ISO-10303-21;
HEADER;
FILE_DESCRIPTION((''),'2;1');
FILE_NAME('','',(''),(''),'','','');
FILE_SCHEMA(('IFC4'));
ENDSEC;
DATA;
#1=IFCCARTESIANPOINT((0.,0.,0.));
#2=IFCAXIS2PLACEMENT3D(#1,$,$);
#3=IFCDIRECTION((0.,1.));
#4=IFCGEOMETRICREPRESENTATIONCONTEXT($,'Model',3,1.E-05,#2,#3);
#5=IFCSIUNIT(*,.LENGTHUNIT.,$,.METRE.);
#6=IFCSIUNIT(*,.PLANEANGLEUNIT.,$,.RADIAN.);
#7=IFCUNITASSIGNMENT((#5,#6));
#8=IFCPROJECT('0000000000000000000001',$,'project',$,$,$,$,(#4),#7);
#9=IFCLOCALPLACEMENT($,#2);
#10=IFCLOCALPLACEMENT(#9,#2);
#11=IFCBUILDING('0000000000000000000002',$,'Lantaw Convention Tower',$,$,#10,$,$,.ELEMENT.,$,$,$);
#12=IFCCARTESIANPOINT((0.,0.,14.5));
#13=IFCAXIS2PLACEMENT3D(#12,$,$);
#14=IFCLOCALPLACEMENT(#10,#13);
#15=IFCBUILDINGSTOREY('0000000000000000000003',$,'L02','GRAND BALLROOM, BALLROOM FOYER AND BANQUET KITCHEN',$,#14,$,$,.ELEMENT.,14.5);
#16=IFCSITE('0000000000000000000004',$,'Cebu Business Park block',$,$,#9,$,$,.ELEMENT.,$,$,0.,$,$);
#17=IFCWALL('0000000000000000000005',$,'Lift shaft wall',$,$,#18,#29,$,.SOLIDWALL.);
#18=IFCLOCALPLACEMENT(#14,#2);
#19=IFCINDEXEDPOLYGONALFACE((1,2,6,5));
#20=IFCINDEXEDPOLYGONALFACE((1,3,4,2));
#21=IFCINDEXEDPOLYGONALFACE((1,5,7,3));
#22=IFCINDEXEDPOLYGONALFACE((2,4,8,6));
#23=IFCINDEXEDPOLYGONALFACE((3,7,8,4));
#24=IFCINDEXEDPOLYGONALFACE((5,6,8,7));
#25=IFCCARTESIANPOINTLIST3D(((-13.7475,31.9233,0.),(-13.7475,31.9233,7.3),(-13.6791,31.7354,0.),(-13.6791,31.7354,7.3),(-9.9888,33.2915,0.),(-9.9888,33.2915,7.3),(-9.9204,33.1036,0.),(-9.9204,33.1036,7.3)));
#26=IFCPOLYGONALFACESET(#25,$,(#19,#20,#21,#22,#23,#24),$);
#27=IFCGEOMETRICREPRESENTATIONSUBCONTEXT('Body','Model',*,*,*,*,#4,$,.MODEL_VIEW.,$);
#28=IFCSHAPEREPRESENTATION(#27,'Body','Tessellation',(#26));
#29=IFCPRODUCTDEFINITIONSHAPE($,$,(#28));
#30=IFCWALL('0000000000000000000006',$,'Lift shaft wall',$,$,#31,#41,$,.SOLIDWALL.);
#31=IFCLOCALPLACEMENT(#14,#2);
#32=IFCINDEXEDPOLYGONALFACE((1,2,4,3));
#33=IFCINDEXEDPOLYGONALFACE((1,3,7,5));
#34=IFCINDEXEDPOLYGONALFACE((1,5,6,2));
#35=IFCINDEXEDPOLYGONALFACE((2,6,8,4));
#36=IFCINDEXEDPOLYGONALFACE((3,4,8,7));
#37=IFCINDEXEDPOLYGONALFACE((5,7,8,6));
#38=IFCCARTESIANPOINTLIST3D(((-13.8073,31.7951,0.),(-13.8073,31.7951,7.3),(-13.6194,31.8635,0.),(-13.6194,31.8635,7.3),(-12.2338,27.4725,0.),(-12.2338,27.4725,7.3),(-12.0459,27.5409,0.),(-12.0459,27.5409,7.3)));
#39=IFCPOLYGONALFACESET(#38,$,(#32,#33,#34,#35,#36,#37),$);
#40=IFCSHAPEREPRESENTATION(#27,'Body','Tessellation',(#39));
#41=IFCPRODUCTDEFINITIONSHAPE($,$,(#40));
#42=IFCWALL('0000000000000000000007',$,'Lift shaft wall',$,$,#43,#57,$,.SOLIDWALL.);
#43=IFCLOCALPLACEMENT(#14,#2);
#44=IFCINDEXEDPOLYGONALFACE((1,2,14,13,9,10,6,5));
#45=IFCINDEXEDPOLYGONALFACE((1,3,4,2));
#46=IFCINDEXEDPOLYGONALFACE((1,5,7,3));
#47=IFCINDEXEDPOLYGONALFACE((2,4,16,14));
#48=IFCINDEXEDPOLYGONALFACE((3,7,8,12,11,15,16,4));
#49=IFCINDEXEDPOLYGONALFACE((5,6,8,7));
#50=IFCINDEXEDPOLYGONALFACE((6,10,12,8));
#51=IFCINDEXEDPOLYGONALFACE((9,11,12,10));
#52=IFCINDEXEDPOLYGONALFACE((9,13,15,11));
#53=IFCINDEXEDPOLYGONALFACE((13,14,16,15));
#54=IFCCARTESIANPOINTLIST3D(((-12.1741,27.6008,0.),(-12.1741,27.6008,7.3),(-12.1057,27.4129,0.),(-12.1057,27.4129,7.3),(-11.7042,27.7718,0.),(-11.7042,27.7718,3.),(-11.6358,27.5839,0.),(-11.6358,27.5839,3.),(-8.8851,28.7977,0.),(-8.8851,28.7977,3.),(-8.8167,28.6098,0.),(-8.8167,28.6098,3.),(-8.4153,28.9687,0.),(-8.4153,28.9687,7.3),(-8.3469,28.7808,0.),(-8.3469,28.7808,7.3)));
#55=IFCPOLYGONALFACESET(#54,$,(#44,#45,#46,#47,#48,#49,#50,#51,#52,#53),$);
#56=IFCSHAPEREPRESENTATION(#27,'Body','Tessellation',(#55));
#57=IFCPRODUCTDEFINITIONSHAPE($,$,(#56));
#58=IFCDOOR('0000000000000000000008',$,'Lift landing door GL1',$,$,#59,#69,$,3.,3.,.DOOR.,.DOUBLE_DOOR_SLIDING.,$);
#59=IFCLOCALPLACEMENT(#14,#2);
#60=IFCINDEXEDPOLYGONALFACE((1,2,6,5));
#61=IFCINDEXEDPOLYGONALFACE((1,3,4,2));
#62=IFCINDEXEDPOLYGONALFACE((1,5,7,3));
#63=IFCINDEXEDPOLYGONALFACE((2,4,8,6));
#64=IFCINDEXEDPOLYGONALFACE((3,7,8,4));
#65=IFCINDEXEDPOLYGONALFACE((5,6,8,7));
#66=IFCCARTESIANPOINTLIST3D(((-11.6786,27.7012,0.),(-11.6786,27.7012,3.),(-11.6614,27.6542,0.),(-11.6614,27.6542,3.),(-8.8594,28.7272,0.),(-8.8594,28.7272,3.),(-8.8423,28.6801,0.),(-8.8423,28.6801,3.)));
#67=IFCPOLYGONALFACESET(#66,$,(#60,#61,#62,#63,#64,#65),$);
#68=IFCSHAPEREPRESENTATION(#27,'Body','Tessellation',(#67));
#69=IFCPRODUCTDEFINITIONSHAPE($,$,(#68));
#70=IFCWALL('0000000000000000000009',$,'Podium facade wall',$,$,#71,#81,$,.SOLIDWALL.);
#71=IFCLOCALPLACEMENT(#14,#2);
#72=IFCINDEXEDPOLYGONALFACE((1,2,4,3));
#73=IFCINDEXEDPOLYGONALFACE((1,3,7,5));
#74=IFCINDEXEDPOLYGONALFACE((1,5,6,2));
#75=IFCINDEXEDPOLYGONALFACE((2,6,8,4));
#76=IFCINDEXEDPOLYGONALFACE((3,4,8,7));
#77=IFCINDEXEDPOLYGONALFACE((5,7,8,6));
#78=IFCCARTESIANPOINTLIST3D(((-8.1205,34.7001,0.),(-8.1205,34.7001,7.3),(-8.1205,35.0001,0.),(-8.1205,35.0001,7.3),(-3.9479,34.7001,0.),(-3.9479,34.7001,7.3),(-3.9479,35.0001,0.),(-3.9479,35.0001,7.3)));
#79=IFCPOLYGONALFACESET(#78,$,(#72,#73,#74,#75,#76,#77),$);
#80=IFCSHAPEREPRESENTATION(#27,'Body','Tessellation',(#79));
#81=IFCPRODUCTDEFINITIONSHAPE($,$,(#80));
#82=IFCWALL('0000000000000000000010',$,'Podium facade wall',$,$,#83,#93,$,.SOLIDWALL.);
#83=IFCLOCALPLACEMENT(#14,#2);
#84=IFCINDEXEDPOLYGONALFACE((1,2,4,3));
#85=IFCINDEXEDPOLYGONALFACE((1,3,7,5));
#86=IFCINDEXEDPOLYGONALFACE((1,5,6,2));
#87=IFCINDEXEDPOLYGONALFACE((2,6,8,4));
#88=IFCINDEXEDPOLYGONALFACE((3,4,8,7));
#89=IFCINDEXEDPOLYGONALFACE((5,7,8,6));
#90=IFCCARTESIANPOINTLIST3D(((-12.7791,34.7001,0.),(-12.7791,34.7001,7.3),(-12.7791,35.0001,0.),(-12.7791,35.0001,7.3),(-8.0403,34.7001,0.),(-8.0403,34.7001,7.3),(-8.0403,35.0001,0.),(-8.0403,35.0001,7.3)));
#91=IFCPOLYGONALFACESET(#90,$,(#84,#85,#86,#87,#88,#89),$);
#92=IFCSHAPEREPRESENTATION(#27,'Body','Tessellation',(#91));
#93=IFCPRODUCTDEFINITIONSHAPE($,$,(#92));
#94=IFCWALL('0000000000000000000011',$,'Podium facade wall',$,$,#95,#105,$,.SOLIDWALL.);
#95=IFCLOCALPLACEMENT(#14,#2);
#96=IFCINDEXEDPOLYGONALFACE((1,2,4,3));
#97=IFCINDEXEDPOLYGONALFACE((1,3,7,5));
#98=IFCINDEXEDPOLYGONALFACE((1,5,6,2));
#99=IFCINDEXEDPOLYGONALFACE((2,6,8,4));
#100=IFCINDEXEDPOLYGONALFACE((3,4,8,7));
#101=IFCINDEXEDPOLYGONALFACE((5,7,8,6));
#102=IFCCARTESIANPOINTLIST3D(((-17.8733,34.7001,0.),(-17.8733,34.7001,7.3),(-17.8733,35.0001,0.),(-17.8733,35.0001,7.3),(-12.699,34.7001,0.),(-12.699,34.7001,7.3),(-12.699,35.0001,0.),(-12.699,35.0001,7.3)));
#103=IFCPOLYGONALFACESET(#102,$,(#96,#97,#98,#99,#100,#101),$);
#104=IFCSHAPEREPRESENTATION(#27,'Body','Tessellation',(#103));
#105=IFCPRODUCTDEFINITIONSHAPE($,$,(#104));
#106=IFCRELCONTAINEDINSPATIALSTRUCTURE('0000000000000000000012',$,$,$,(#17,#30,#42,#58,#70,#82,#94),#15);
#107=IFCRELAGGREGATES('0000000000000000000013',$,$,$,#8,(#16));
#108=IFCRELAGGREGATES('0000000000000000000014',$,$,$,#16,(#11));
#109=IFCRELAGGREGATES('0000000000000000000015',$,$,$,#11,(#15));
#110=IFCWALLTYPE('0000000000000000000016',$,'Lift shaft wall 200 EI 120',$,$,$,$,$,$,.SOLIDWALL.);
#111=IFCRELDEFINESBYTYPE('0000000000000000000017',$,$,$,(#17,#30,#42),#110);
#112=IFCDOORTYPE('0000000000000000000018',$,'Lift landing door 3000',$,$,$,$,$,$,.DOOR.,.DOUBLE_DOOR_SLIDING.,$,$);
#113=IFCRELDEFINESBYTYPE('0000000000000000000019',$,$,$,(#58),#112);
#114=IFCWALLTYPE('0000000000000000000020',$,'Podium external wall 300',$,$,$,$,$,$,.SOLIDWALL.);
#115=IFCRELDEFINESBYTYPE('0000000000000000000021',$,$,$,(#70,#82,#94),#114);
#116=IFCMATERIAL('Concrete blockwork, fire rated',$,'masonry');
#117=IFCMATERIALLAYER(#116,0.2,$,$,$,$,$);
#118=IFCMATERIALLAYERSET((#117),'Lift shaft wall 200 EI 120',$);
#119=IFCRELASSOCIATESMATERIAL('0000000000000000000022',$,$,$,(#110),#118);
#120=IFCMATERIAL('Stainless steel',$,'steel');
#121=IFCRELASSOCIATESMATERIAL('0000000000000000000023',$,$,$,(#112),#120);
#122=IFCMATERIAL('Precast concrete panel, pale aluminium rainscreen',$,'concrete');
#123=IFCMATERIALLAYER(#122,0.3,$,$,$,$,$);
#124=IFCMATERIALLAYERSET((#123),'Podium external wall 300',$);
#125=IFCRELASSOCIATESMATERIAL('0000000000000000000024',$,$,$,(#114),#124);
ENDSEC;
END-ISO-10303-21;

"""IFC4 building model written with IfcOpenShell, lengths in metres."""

from ifc_helpers import new_model, si_unit, direction, frame, frame_2d, origin, place, context, subcontext, project, spatial, rectangle, extrude, material, layer, layer_set, type_object, element, fill, save


model = new_model("IFC4")

# Units and contexts
model_context = context("Model", 3, precision=1e-05, world=origin(), true_north=direction((0.0, 1.0)))
body_context = subcontext(model_context, "Body", "Model", "MODEL_VIEW")
ifc_project = project(units=[si_unit("LENGTHUNIT", "METRE"), si_unit("PLANEANGLEUNIT", "RADIAN")], contexts=[model_context])

# Site, building, storey
site_placement = place(None, origin())
site = spatial("IfcSite", under=ifc_project, at=site_placement, Name="Cebu Business Park block", CompositionType="ELEMENT", RefElevation=0.0)
building_placement = place(site_placement, origin())
building = spatial("IfcBuilding", under=site, at=building_placement, Name="Lantaw Convention Tower", CompositionType="ELEMENT")
storey_placement = place(building_placement, frame((0.0, 0.0, 14.5)))
storey = spatial("IfcBuildingStorey", under=building, at=storey_placement, Name="L02", Description="GRAND BALLROOM, BALLROOM FOYER AND BANQUET KITCHEN", CompositionType="ELEMENT", Elevation=14.5)

# Walls
ifc_material_1 = material(Name="Concrete blockwork, fire rated", Category="masonry")
ifc_layer_1 = layer(ifc_material_1, 0.2)
ifc_layer_set_1 = layer_set([ifc_layer_1], Name="Lift shaft wall 200 EI 120")
wall_type_1 = type_object("IfcWallType", Name="Lift shaft wall 200 EI 120", PredefinedType="SOLIDWALL", material=ifc_layer_set_1)
wall_1_placement = place(storey_placement, frame((-9.9546, 33.1975, 0.0), z_axis=(0.0, 0.0, 1.0), x_axis=(-0.939686, -0.342037, 0.0)))
element("IfcWall", 1, at=wall_1_placement, inside=storey, type_object=wall_type_1, Name="Lift shaft wall", PredefinedType="SOLIDWALL", context=body_context, shape_type="SweptSolid", body=[
    extrude(rectangle(XDim=4.0, YDim=0.2, at=frame_2d((2.0, 0.0))), origin(), (0.0, 0.0, 1.0), 7.3),
])
wall_2_placement = place(storey_placement, frame((-13.7134, 31.8293, 0.0), z_axis=(0.0, 0.0, 1.0), x_axis=(0.342063, -0.939677, 0.0)))
element("IfcWall", 2, at=wall_2_placement, inside=storey, type_object=wall_type_1, Name="Lift shaft wall", PredefinedType="SOLIDWALL", context=body_context, shape_type="SweptSolid", body=[
    extrude(rectangle(XDim=4.6001, YDim=0.2, at=frame_2d((2.3, 0.0))), origin(), (0.0, 0.0, 1.0), 7.3),
])

# Wall, opening, door
wall_3_placement = place(storey_placement, frame((-12.1399, 27.5068, 0.0), z_axis=(0.0, 0.0, 1.0), x_axis=(0.939706, 0.341983, 0.0)))
wall_3 = element("IfcWall", 3, at=wall_3_placement, inside=storey, type_object=wall_type_1, Name="Lift shaft wall", PredefinedType="SOLIDWALL", context=body_context, shape_type="SweptSolid", body=[
    extrude(rectangle(XDim=4.0, YDim=0.2, at=frame_2d((2.0, 0.0))), origin(), (0.0, 0.0, 1.0), 7.3),
])
opening_placement = place(wall_3_placement, frame((0.5, 0.0, 0.0)))
opening = element("IfcOpeningElement", 4, at=opening_placement, cuts=wall_3, PredefinedType="OPENING", context=body_context, shape_type="SweptSolid", body=[
    extrude(rectangle(XDim=3.0, YDim=3.0, at=frame_2d((1.5, 1.5))), frame((0.0, 0.1099, 0.0), z_axis=(0.0, -1.0, 0.0), x_axis=(1.0, 0.0, 0.0)), (0.0, 0.0, 1.0), 0.22),
])
ifc_material_2 = material(Name="Stainless steel", Category="steel")
door_type = type_object("IfcDoorType", Name="Lift landing door 3000", OperationType="DOUBLE_DOOR_SLIDING", PredefinedType="DOOR", material=ifc_material_2)
door_placement = place(opening_placement, origin())
door = element("IfcDoor", 5, at=door_placement, inside=storey, type_object=door_type, Name="Lift landing door GL1", OperationType="DOUBLE_DOOR_SLIDING", OverallHeight=3.0, OverallWidth=3.0, PredefinedType="DOOR", context=body_context, shape_type="SweptSolid", body=[
    extrude(rectangle(XDim=3.0, YDim=3.0, at=frame_2d((1.5, 1.5))), frame((0.0, 0.0249, 0.0), z_axis=(0.0, -1.0, 0.0), x_axis=(1.0, 0.0, 0.0)), (0.0, 0.0, 1.0), 0.05),
])
fill(opening, door)

# Walls
ifc_material_3 = material(Name="Precast concrete panel, pale aluminium rainscreen", Category="concrete")
ifc_layer_2 = layer(ifc_material_3, 0.3)
ifc_layer_set_2 = layer_set([ifc_layer_2], Name="Podium external wall 300")
wall_type_2 = type_object("IfcWallType", Name="Podium external wall 300", PredefinedType="SOLIDWALL", material=ifc_layer_set_2)
wall_4_placement = place(storey_placement, frame((-3.9478, 34.8501, 0.0), z_axis=(0.0, 0.0, 1.0), x_axis=(-1.0, 0.0, 0.0)))
element("IfcWall", 6, at=wall_4_placement, inside=storey, type_object=wall_type_2, Name="Podium facade wall", PredefinedType="SOLIDWALL", context=body_context, shape_type="SweptSolid", body=[
    extrude(rectangle(XDim=4.1726, YDim=0.3, at=frame_2d((2.0864, 0.0))), origin(), (0.0, 0.0, 1.0), 7.3),
])
wall_5_placement = place(storey_placement, frame((-8.0403, 34.8501, 0.0), z_axis=(0.0, 0.0, 1.0), x_axis=(-1.0, 0.0, 0.0)))
element("IfcWall", 7, at=wall_5_placement, inside=storey, type_object=wall_type_2, Name="Podium facade wall", PredefinedType="SOLIDWALL", context=body_context, shape_type="SweptSolid", body=[
    extrude(rectangle(XDim=4.7388, YDim=0.3, at=frame_2d((2.3694, 0.0))), origin(), (0.0, 0.0, 1.0), 7.3),
])
wall_6_placement = place(storey_placement, frame((-12.699, 34.8501, 0.0), z_axis=(0.0, 0.0, 1.0), x_axis=(-1.0, 0.0, 0.0)))
element("IfcWall", 8, at=wall_6_placement, inside=storey, type_object=wall_type_2, Name="Podium facade wall", PredefinedType="SOLIDWALL", context=body_context, shape_type="SweptSolid", body=[
    extrude(rectangle(XDim=5.1743, YDim=0.3, at=frame_2d((2.5872, 0.0))), origin(), (0.0, 0.0, 1.0), 7.3),
])

save(model, "model.ifc")
